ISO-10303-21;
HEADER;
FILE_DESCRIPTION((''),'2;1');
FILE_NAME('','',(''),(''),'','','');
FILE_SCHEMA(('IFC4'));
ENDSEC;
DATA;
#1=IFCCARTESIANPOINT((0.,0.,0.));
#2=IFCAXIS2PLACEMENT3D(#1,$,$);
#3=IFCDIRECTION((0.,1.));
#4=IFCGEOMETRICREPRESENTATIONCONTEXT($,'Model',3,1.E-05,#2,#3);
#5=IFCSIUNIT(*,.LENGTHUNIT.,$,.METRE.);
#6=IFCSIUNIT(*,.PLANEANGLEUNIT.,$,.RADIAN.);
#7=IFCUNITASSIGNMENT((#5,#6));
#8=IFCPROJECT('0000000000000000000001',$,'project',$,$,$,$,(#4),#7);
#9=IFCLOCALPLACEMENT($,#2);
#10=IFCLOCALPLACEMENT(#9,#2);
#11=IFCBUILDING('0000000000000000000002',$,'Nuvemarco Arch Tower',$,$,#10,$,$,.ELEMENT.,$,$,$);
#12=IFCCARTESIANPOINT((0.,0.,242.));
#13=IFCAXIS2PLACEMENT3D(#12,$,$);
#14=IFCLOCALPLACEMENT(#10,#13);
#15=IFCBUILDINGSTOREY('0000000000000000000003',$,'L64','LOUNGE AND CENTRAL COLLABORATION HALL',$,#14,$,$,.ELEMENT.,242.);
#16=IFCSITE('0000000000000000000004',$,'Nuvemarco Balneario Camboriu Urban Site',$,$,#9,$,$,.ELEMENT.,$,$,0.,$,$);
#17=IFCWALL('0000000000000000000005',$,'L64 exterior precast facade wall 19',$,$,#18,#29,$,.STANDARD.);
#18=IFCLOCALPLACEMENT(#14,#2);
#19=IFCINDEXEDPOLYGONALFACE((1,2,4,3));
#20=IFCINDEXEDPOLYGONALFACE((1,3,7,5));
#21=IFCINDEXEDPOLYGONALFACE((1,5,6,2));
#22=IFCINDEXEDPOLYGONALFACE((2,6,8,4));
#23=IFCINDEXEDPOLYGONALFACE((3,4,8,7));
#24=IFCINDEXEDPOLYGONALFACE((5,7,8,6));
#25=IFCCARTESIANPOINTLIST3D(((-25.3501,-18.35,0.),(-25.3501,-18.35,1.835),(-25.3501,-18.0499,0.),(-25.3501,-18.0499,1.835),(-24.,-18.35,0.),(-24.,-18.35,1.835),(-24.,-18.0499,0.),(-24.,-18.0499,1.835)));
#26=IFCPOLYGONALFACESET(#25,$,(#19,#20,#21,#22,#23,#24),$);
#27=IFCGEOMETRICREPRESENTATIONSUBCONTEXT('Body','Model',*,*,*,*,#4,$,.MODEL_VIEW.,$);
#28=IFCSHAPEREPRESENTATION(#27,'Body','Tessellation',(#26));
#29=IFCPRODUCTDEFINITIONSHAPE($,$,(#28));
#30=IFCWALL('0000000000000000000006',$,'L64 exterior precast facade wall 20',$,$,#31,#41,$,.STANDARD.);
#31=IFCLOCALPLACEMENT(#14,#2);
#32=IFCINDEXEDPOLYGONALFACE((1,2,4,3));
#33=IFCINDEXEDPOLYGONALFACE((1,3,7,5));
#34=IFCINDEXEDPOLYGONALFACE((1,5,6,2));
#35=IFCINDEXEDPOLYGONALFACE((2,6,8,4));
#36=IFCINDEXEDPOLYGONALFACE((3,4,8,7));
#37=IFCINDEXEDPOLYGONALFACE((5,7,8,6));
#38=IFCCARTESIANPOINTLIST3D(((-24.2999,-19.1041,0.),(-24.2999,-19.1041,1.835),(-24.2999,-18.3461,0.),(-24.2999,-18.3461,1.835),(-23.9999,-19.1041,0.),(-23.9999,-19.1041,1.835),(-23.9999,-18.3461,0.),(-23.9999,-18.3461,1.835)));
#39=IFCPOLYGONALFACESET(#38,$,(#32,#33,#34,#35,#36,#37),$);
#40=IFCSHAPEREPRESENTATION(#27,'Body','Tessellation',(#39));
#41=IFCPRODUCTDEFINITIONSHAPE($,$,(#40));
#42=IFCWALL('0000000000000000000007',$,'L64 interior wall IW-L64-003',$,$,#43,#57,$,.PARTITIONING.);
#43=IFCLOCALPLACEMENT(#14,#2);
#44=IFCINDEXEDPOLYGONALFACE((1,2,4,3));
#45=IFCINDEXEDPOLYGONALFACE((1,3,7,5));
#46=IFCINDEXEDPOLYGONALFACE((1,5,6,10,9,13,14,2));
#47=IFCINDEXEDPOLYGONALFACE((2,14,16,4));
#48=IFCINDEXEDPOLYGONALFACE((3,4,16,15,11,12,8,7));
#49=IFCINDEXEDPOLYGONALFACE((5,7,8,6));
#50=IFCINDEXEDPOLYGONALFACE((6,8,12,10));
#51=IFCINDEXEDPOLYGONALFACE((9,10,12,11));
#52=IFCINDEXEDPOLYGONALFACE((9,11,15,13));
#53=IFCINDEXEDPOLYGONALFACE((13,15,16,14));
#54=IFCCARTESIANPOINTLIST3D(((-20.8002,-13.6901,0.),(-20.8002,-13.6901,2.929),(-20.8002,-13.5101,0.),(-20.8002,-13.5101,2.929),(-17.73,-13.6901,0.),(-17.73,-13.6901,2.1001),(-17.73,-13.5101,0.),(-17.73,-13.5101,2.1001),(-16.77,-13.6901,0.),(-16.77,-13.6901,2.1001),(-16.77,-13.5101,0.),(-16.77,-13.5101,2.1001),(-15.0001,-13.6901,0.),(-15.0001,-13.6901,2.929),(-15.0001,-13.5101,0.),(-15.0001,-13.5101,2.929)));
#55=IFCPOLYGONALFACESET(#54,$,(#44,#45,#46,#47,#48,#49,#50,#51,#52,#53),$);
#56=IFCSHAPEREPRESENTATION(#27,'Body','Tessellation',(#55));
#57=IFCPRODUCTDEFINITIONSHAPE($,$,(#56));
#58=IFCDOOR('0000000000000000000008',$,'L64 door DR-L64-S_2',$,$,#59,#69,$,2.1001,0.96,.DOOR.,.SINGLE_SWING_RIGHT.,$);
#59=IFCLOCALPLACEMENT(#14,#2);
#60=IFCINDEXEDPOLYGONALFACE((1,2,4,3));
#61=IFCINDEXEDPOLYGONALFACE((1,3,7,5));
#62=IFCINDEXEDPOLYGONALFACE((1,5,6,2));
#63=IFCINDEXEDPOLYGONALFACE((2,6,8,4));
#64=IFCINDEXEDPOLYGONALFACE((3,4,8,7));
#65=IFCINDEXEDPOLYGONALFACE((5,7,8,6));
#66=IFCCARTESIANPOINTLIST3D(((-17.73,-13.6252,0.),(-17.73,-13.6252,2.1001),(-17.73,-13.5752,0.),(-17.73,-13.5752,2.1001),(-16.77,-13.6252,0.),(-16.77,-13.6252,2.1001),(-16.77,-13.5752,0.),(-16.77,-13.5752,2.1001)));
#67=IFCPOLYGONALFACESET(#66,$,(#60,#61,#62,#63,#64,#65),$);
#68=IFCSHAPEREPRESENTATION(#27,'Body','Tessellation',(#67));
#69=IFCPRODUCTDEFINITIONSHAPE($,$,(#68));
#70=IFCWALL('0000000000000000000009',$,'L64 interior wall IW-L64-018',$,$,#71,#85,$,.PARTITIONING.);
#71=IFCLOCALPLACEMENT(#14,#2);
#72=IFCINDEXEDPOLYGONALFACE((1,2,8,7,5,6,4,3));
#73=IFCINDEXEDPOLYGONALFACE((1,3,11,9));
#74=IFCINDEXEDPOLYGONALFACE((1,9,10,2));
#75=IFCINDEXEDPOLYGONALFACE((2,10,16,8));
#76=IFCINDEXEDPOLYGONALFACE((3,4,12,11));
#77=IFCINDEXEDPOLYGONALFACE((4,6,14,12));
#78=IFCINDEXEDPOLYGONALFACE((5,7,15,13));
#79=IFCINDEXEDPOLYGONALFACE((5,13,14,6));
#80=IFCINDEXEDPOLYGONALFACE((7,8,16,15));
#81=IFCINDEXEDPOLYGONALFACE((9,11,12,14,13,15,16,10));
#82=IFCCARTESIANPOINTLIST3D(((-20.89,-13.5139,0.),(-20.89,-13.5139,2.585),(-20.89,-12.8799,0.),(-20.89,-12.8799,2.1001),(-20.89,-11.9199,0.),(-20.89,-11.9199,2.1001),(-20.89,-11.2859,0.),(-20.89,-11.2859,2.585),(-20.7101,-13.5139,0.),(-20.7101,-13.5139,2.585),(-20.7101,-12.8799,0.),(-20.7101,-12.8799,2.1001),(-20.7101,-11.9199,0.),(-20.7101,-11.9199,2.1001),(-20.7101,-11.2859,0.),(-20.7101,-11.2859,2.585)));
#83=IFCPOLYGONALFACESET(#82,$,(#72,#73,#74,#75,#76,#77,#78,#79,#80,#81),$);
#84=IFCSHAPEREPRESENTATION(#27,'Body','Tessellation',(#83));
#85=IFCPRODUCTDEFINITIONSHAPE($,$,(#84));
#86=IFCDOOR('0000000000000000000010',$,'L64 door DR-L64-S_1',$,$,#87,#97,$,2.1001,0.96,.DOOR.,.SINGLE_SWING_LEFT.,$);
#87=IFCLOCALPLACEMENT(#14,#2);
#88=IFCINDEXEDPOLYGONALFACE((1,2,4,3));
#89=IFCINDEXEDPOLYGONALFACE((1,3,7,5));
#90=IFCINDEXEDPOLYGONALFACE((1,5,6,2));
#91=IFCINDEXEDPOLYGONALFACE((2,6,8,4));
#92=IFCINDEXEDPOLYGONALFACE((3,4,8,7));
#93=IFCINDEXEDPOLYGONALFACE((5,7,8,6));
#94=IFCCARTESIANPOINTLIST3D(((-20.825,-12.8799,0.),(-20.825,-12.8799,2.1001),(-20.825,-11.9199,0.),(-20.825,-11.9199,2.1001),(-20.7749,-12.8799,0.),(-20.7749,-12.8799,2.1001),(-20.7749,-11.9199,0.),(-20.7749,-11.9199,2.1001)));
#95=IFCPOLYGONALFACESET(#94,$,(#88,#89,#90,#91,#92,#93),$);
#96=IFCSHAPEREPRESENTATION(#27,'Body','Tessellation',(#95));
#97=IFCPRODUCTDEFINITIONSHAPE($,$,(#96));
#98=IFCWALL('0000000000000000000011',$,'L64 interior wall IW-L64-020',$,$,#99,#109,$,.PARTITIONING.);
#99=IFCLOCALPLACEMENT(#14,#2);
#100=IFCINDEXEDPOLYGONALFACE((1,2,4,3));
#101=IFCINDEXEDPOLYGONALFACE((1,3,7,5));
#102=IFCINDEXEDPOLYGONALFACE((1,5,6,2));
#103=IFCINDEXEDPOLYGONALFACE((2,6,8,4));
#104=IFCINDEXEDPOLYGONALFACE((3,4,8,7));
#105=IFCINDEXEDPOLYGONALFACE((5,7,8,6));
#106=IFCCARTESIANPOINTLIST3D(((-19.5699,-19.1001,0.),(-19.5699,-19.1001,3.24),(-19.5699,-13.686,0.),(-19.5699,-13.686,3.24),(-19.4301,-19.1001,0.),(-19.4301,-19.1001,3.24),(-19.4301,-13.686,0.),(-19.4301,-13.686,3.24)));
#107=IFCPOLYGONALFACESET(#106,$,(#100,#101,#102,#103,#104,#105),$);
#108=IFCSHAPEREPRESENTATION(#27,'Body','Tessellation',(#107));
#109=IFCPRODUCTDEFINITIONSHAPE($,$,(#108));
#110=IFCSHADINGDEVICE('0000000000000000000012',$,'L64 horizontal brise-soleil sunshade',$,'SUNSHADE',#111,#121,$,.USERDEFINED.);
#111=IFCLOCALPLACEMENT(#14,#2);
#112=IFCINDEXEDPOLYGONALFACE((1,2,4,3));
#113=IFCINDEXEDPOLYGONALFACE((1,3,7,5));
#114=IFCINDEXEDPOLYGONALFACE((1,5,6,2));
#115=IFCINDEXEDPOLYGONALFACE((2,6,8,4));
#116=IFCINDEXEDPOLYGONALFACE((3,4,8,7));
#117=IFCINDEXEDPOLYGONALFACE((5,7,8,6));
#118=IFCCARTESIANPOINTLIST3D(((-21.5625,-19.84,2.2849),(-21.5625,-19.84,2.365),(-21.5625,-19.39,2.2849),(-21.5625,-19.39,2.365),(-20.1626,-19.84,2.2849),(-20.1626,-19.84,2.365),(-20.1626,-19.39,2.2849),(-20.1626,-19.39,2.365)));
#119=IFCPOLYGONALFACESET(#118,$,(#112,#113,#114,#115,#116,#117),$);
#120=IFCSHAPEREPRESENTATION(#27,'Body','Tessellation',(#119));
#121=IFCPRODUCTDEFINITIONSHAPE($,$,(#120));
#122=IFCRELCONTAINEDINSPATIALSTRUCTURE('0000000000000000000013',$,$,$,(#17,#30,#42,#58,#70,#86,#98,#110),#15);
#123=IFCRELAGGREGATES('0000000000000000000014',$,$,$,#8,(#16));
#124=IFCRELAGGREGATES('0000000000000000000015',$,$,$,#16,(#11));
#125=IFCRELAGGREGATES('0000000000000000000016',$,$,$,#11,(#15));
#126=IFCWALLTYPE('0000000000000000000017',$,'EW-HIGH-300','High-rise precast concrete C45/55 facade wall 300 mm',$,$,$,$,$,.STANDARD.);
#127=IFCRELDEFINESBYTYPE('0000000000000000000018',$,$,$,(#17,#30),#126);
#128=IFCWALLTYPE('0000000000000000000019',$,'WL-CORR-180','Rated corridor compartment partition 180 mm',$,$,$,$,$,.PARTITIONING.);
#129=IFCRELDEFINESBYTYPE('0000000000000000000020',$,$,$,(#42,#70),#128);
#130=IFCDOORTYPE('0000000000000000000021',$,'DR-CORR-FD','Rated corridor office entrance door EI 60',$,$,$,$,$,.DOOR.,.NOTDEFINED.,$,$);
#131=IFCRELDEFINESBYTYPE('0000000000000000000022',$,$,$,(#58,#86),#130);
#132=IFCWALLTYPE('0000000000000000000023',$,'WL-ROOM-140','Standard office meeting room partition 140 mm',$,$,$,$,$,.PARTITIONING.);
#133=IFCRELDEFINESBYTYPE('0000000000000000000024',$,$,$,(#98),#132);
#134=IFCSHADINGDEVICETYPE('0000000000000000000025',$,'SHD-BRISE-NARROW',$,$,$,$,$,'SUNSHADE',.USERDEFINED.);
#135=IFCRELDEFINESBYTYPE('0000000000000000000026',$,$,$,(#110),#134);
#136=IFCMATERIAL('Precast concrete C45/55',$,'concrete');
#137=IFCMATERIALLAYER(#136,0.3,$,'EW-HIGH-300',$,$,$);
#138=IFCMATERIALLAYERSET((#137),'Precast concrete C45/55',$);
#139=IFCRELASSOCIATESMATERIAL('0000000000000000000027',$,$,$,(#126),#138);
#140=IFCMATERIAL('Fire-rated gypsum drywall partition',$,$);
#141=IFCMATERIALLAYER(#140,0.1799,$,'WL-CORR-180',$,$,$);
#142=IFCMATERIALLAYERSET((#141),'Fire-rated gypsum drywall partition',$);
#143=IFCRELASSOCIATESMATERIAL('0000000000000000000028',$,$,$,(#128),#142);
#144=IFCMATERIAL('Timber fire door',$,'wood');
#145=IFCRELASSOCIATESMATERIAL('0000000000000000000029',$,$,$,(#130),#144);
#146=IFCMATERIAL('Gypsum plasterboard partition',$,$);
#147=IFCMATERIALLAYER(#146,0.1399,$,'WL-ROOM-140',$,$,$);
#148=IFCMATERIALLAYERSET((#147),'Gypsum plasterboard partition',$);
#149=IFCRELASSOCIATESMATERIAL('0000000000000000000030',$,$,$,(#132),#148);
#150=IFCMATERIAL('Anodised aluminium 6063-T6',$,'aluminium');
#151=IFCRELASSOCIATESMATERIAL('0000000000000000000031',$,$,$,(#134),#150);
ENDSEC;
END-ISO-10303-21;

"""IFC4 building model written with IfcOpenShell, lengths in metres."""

from ifc_helpers import new_model, si_unit, direction, frame, frame_2d, origin, origin_2d, place, context, subcontext, project, spatial, rectangle, extrude, source, transform, mapped, material, layer, layer_set, type_object, type_shapes, element, fill, save


model = new_model("IFC4")

# Units and contexts
model_context = context("Model", 3, precision=1e-05, world=origin(), true_north=direction((0.0, 1.0)))
body_context = subcontext(model_context, "Body", "Model", "MODEL_VIEW")
ifc_project = project(units=[si_unit("LENGTHUNIT", "METRE"), si_unit("PLANEANGLEUNIT", "RADIAN")], contexts=[model_context])

# Site, building, storey
site_placement = place(None, origin())
site = spatial("IfcSite", under=ifc_project, at=site_placement, Name="Nuvemarco Balneario Camboriu Urban Site", CompositionType="ELEMENT", RefElevation=0.0)
building_placement = place(site_placement, origin())
building = spatial("IfcBuilding", under=site, at=building_placement, Name="Nuvemarco Arch Tower", CompositionType="ELEMENT")
storey_placement = place(building_placement, frame((0.0, 0.0, 242.0)))
storey = spatial("IfcBuildingStorey", under=building, at=storey_placement, Name="L64", Description="LOUNGE AND CENTRAL COLLABORATION HALL", CompositionType="ELEMENT", Elevation=242.0)

# Shared definitions
ifc_material_1 = material(Name="Precast concrete C45/55", Category="concrete")
ifc_layer_1 = layer(ifc_material_1, 0.3, Name="EW-HIGH-300")
ifc_layer_set_1 = layer_set([ifc_layer_1], Name="Precast concrete C45/55")
wall_type_1 = type_object("IfcWallType", Name="EW-HIGH-300", Description="High-rise precast concrete C45/55 facade wall 300 mm", PredefinedType="STANDARD", material=ifc_layer_set_1)

# Walls
wall_1_placement = place(storey_placement, frame((-25.3501, -18.2, 0.0), z_axis=(0.0, 0.0, 1.0), x_axis=(1.0, 0.0, 0.0)))
element("IfcWall", 1, at=wall_1_placement, inside=storey, type_object=wall_type_1, Name="L64 exterior precast facade wall 19", PredefinedType="STANDARD", context=body_context, shape_type="SweptSolid", body=[
    extrude(rectangle(XDim=1.3501, YDim=0.3, at=frame_2d((0.675, 0.0))), origin(), (0.0, 0.0, 1.0), 1.835),
])
wall_2_placement = place(storey_placement, frame((-24.1499, -19.104, 0.0), z_axis=(0.0, 0.0, 1.0), x_axis=(0.0, 1.0, 0.0)))
element("IfcWall", 2, at=wall_2_placement, inside=storey, type_object=wall_type_1, Name="L64 exterior precast facade wall 20", PredefinedType="STANDARD", context=body_context, shape_type="SweptSolid", body=[
    extrude(rectangle(XDim=0.7581, YDim=0.3, at=frame_2d((0.3789, 0.0))), origin(), (0.0, 0.0, 1.0), 1.835),
])

# Walls, openings, doors
ifc_material_2 = material(Name="Fire-rated gypsum drywall partition")
ifc_layer_2 = layer(ifc_material_2, 0.1799, Name="WL-CORR-180")
ifc_layer_set_2 = layer_set([ifc_layer_2], Name="Fire-rated gypsum drywall partition")
wall_type_2 = type_object("IfcWallType", Name="WL-CORR-180", Description="Rated corridor compartment partition 180 mm", PredefinedType="PARTITIONING", material=ifc_layer_set_2)
wall_3_placement = place(storey_placement, frame((-20.8, -13.6001, 0.0), z_axis=(0.0, 0.0, 1.0), x_axis=(1.0, 0.0, 0.0)))
wall_3 = element("IfcWall", 3, at=wall_3_placement, inside=storey, type_object=wall_type_2, Name="L64 interior wall IW-L64-003", PredefinedType="PARTITIONING", context=body_context, shape_type="SweptSolid", body=[
    extrude(rectangle(XDim=5.8, YDim=0.1799, at=frame_2d((2.8999, 0.0))), origin(), (0.0, 0.0, 1.0), 2.929),
])
opening_1_placement = place(wall_3_placement, frame((3.0701, 0.0, 0.0)))
opening_1 = element("IfcOpeningElement", 4, at=opening_1_placement, cuts=wall_3, PredefinedType="OPENING", context=body_context, shape_type="SweptSolid", body=[
    extrude(rectangle(XDim=0.96, YDim=2.1001, at=frame_2d((0.48, 1.05))), frame((0.0, 0.0999, 0.0), z_axis=(0.0, -1.0, 0.0), x_axis=(1.0, 0.0, 0.0)), (0.0, 0.0, 1.0), 0.2),
])
ifc_material_3 = material(Name="Timber fire door", Category="wood")
door_type = type_object("IfcDoorType", Name="DR-CORR-FD", Description="Rated corridor office entrance door EI 60", OperationType="NOTDEFINED", PredefinedType="DOOR", material=ifc_material_3)
shared_shape_1 = source(origin(), body_context, "Body", "SweptSolid", [
    extrude(rectangle(XDim=0.96, YDim=2.1001, at=frame_2d((0.48, 1.05))), frame((0.0, 0.0249, 0.0), z_axis=(0.0, -1.0, 0.0), x_axis=(1.0, 0.0, 0.0)), (0.0, 0.0, 1.0), 0.05),
])
type_shapes(door_type, [shared_shape_1])
door_1_placement = place(opening_1_placement, origin())
door_1 = element("IfcDoor", 5, at=door_1_placement, inside=storey, type_object=door_type, Name="L64 door DR-L64-S_2", OperationType="SINGLE_SWING_RIGHT", OverallHeight=2.1001, OverallWidth=0.96, PredefinedType="DOOR", context=body_context, shape_type="MappedRepresentation", body=[
    mapped(shared_shape_1, transform((0.0, 0.0, 0.0), scale=1.0)),
])
fill(opening_1, door_1)
wall_4_placement = place(storey_placement, frame((-20.8, -13.5139, 0.0), z_axis=(0.0, 0.0, 1.0), x_axis=(0.0, 1.0, 0.0)))
wall_4 = element("IfcWall", 6, at=wall_4_placement, inside=storey, type_object=wall_type_2, Name="L64 interior wall IW-L64-018", PredefinedType="PARTITIONING", context=body_context, shape_type="SweptSolid", body=[
    extrude(rectangle(XDim=2.228, YDim=0.1799, at=frame_2d((1.114, 0.0))), origin(), (0.0, 0.0, 1.0), 2.585),
])
opening_2_placement = place(wall_4_placement, frame((0.634, 0.0, 0.0)))
opening_2 = element("IfcOpeningElement", 7, at=opening_2_placement, cuts=wall_4, PredefinedType="OPENING", context=body_context, shape_type="SweptSolid", body=[
    extrude(rectangle(XDim=0.96, YDim=2.1001, at=frame_2d((0.48, 1.05))), frame((0.0, 0.0999, 0.0), z_axis=(0.0, -1.0, 0.0), x_axis=(1.0, 0.0, 0.0)), (0.0, 0.0, 1.0), 0.2),
])
door_2_placement = place(opening_2_placement, origin())
door_2 = element("IfcDoor", 8, at=door_2_placement, inside=storey, type_object=door_type, Name="L64 door DR-L64-S_1", OperationType="SINGLE_SWING_LEFT", OverallHeight=2.1001, OverallWidth=0.96, PredefinedType="DOOR", context=body_context, shape_type="MappedRepresentation", body=[
    mapped(shared_shape_1, transform((0.0, 0.0, 0.0), scale=1.0)),
])
fill(opening_2, door_2)

# Wall
ifc_material_4 = material(Name="Gypsum plasterboard partition")
ifc_layer_3 = layer(ifc_material_4, 0.1399, Name="WL-ROOM-140")
ifc_layer_set_3 = layer_set([ifc_layer_3], Name="Gypsum plasterboard partition")
wall_type_3 = type_object("IfcWallType", Name="WL-ROOM-140", Description="Standard office meeting room partition 140 mm", PredefinedType="PARTITIONING", material=ifc_layer_set_3)
wall_5_placement = place(storey_placement, frame((-19.5, -19.1001, 0.0), z_axis=(0.0, 0.0, 1.0), x_axis=(0.0, 1.0, 0.0)))
element("IfcWall", 9, at=wall_5_placement, inside=storey, type_object=wall_type_3, Name="L64 interior wall IW-L64-020", PredefinedType="PARTITIONING", context=body_context, shape_type="SweptSolid", body=[
    extrude(rectangle(XDim=5.4141, YDim=0.1399, at=frame_2d((2.707, 0.0))), origin(), (0.0, 0.0, 1.0), 3.24),
])

# Shading device
ifc_material_5 = material(Name="Anodised aluminium 6063-T6", Category="aluminium")
shading_device_type = type_object("IfcShadingDeviceType", Name="SHD-BRISE-NARROW", ElementType="SUNSHADE", PredefinedType="USERDEFINED", material=ifc_material_5)
shared_shape_2 = source(origin(), body_context, "Body", "SweptSolid", [
    extrude(rectangle(XDim=1.3999, YDim=0.45, at=origin_2d()), origin(), (0.0, 0.0, 1.0), 0.0801),
])
type_shapes(shading_device_type, [shared_shape_2])
shading_device_placement = place(storey_placement, frame((-20.8625, -19.615, 2.2849), z_axis=(0.0, 0.0, 1.0), x_axis=(1.0, 0.0, 0.0)))
element("IfcShadingDevice", 10, at=shading_device_placement, inside=storey, type_object=shading_device_type, Name="L64 horizontal brise-soleil sunshade", ObjectType="SUNSHADE", PredefinedType="USERDEFINED", context=body_context, shape_type="MappedRepresentation", body=[
    mapped(shared_shape_2, transform((0.0, 0.0, 0.0), scale=1.0)),
])

save(model, "model.ifc")
